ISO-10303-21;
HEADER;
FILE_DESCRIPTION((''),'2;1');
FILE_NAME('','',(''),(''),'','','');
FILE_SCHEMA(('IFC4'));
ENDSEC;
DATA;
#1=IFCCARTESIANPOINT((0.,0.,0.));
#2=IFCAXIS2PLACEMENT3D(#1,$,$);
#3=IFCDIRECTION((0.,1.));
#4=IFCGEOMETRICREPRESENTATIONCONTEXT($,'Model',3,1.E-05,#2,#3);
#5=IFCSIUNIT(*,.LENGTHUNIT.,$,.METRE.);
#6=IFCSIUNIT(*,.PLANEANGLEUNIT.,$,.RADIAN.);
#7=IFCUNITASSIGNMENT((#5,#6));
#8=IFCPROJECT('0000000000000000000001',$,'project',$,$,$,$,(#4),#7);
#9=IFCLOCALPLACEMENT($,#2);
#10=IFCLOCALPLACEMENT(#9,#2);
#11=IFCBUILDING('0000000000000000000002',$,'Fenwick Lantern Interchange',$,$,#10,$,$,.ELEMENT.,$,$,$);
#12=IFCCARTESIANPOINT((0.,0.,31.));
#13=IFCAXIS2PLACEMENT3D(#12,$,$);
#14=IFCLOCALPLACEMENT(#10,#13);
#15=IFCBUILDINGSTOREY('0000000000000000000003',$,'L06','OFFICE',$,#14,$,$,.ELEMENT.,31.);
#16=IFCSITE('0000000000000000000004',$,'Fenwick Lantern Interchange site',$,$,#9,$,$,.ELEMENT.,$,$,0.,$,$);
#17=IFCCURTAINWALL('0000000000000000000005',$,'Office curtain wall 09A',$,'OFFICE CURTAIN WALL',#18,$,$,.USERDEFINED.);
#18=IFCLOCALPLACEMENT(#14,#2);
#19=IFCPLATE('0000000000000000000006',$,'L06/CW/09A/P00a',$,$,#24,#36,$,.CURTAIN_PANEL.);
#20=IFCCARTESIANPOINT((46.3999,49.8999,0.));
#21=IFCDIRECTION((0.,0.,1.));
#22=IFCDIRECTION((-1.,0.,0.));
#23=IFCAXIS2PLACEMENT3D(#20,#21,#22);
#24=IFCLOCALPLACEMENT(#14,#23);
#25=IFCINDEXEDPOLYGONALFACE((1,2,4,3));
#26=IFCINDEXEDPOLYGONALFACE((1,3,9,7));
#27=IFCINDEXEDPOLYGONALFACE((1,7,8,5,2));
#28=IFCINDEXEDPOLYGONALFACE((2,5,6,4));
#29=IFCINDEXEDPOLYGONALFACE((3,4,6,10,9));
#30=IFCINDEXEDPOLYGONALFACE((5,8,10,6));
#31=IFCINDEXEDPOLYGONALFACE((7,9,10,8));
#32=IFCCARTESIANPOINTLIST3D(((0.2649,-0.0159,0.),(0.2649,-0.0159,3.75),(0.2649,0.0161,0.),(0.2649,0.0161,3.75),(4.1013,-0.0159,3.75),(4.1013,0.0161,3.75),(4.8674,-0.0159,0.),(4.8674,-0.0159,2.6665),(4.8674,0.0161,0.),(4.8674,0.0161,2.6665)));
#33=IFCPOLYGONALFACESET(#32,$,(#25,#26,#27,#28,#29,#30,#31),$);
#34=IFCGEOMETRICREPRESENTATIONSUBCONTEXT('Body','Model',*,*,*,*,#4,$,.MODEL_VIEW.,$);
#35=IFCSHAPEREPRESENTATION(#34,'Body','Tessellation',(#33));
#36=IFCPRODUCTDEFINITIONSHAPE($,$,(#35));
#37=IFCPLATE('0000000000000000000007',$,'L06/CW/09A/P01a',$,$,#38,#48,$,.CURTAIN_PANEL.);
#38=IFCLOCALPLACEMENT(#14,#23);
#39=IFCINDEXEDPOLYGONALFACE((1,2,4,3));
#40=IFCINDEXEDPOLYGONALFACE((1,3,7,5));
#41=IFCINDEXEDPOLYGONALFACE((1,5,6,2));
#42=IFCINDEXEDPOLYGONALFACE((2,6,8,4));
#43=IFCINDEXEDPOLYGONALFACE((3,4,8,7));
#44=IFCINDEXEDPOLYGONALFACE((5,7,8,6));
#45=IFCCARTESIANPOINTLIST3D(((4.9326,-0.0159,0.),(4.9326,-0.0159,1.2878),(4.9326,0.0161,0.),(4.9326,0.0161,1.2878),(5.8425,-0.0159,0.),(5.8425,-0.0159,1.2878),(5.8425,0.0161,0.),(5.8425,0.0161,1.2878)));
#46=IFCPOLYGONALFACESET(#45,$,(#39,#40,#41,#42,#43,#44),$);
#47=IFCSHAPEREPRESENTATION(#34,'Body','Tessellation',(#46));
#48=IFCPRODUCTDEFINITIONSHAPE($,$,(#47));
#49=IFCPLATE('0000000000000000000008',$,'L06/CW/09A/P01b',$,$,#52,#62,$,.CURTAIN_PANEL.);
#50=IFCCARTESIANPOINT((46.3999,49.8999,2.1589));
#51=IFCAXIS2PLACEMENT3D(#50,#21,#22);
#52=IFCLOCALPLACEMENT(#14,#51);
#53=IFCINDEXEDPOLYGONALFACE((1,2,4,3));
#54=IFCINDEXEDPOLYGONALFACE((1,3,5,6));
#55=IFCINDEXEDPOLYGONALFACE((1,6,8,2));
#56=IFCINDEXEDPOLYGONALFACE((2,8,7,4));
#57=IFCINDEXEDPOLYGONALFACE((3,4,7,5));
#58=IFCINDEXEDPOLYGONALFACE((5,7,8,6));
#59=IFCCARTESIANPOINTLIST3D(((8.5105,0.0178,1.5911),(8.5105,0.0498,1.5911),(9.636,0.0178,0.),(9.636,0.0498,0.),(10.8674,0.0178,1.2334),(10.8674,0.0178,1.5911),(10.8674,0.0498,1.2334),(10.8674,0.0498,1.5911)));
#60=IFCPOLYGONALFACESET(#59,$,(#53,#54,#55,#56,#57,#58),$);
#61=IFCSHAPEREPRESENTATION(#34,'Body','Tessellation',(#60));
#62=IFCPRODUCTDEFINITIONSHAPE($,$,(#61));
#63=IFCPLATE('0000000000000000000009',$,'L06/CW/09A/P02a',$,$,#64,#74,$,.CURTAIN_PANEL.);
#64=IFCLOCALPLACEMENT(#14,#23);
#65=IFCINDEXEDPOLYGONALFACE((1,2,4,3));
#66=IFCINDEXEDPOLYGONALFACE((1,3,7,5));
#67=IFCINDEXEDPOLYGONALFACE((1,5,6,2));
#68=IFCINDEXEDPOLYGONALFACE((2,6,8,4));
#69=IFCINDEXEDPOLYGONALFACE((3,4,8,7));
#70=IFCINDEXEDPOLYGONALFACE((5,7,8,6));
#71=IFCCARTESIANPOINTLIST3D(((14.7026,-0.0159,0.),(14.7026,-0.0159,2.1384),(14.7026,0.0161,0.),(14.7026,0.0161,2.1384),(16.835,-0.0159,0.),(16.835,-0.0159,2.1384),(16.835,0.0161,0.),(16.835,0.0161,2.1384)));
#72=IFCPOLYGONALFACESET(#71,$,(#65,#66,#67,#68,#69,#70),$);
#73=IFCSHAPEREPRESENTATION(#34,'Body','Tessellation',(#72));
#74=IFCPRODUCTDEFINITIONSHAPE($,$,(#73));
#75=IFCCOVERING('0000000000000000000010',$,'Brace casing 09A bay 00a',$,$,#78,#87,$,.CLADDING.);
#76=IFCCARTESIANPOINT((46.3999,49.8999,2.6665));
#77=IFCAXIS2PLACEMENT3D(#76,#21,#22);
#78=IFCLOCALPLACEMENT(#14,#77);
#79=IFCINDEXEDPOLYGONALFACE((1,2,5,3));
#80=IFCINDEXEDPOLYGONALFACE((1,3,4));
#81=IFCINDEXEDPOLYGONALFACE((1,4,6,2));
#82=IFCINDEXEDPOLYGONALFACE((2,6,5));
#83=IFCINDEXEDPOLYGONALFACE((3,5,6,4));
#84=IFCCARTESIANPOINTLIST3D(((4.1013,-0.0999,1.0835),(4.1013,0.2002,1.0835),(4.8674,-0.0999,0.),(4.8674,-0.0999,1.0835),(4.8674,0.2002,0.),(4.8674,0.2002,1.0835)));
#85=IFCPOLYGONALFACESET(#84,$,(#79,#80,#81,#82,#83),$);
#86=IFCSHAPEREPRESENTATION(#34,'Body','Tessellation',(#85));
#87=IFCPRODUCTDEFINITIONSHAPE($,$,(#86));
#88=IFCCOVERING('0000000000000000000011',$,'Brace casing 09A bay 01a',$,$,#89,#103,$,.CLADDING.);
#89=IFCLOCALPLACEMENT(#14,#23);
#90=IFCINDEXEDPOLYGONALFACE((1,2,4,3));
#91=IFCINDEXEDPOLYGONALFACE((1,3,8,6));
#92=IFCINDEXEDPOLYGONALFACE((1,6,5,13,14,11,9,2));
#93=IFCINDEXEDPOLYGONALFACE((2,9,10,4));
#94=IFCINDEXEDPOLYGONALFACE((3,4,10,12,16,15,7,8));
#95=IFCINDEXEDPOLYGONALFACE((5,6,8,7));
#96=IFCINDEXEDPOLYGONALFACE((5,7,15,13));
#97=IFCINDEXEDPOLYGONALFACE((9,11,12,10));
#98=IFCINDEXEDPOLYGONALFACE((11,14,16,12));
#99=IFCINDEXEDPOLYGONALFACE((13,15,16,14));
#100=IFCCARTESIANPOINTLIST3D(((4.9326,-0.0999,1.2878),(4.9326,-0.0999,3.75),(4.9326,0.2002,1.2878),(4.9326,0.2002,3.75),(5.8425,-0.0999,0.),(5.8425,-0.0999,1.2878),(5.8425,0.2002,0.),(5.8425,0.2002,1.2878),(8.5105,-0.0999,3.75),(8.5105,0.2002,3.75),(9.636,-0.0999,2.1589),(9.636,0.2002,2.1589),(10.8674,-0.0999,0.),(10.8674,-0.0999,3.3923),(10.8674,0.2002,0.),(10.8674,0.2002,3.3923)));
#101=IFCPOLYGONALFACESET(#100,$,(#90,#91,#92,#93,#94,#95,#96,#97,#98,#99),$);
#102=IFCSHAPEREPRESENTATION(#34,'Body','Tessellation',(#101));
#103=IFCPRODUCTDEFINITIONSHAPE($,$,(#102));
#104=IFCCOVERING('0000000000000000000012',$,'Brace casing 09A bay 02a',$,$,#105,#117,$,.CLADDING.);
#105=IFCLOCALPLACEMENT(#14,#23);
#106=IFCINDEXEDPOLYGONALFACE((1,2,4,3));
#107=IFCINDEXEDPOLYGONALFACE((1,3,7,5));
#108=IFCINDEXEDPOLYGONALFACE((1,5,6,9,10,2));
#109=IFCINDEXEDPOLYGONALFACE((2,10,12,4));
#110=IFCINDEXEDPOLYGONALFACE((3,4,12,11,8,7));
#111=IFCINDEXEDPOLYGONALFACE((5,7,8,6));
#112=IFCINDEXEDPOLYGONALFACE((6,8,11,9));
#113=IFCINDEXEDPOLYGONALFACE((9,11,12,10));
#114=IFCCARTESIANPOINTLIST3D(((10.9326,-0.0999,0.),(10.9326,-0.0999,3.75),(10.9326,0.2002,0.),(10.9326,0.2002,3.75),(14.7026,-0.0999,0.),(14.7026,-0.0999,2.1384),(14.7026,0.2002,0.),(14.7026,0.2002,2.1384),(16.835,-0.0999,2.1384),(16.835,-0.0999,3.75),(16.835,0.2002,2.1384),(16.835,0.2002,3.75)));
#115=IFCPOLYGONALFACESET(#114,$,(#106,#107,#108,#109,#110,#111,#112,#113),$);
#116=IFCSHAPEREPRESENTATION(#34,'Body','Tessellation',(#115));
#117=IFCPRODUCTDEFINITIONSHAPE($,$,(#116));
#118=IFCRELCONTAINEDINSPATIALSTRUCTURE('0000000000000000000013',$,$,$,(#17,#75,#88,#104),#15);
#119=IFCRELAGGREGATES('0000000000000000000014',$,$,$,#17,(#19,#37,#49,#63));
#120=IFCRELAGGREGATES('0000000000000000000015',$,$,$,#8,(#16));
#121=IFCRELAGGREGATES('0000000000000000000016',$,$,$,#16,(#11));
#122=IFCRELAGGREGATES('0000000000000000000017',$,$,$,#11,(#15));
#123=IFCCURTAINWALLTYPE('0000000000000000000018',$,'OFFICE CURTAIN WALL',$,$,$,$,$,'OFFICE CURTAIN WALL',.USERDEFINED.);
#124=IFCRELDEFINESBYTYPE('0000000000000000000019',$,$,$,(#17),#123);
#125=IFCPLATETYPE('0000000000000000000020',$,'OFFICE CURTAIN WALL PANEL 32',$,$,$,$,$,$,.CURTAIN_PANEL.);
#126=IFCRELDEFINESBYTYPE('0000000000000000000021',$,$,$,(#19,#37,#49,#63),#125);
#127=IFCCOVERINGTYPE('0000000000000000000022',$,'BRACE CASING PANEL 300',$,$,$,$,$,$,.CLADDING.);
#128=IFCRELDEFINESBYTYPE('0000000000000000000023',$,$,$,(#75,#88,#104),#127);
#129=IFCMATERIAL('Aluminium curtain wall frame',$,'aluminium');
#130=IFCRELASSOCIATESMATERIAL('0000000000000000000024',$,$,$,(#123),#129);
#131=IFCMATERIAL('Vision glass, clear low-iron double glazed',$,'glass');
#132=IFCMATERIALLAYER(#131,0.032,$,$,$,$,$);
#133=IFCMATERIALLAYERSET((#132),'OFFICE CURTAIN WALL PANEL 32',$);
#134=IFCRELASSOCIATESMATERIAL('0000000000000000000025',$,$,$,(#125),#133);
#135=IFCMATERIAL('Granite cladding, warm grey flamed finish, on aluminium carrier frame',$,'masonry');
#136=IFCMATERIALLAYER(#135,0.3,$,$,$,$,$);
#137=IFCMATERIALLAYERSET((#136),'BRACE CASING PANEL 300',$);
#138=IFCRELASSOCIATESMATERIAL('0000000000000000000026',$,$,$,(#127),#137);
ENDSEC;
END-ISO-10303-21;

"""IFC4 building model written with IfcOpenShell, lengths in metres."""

from ifc_helpers import new_model, si_unit, direction, frame, origin, place, context, subcontext, project, spatial, polyline, outline, extrude, material, layer, layer_set, type_object, element, aggregate, save


model = new_model("IFC4")

# Units and contexts
model_context = context("Model", 3, precision=1e-05, world=origin(), true_north=direction((0.0, 1.0)))
body_context = subcontext(model_context, "Body", "Model", "MODEL_VIEW")
ifc_project = project(units=[si_unit("LENGTHUNIT", "METRE"), si_unit("PLANEANGLEUNIT", "RADIAN")], contexts=[model_context])

# Site, building, storey
site_placement = place(None, origin())
site = spatial("IfcSite", under=ifc_project, at=site_placement, Name="Fenwick Lantern Interchange site", CompositionType="ELEMENT", RefElevation=0.0)
building_placement = place(site_placement, origin())
building = spatial("IfcBuilding", under=site, at=building_placement, Name="Fenwick Lantern Interchange", CompositionType="ELEMENT")
storey_placement = place(building_placement, frame((0.0, 0.0, 31.0)))
storey = spatial("IfcBuildingStorey", under=building, at=storey_placement, Name="L06", Description="OFFICE", CompositionType="ELEMENT", Elevation=31.0)

# Shared definitions
ifc_material_1 = material(Name="Aluminium curtain wall frame", Category="aluminium")
curtain_wall_type = type_object("IfcCurtainWallType", Name="OFFICE CURTAIN WALL", ElementType="OFFICE CURTAIN WALL", PredefinedType="USERDEFINED", material=ifc_material_1)

# Curtain wall
curtain_wall_1_placement = place(storey_placement, origin())
curtain_wall_1 = element("IfcCurtainWall", 1, at=curtain_wall_1_placement, inside=storey, type_object=curtain_wall_type, Name="Office curtain wall 09A", ObjectType="OFFICE CURTAIN WALL", PredefinedType="USERDEFINED")

# Plates
ifc_material_2 = material(Name="Vision glass, clear low-iron double glazed", Category="glass")
ifc_layer_1 = layer(ifc_material_2, 0.032)
ifc_layer_set_1 = layer_set([ifc_layer_1], Name="OFFICE CURTAIN WALL PANEL 32")
plate_type = type_object("IfcPlateType", Name="OFFICE CURTAIN WALL PANEL 32", PredefinedType="CURTAIN_PANEL", material=ifc_layer_set_1)
plate_1_placement = place(storey_placement, frame((46.3999, 49.8999, 0.0), z_axis=(0.0, 0.0, 1.0), x_axis=(-1.0, 0.0, 0.0)))
plate_1 = element("IfcPlate", 2, at=plate_1_placement, type_object=plate_type, Name="L06/CW/09A/P00a", PredefinedType="CURTAIN_PANEL", context=body_context, shape_type="SweptSolid", body=[
    extrude(outline(polyline([(0.2649, 0.0), (4.8674, 0.0), (4.8674, 2.6665), (4.1013, 3.75), (0.2649, 3.75), (0.2649, 0.0)])), frame((0.0, 0.0161, 0.0), z_axis=(0.0, -1.0, 0.0), x_axis=(1.0, 0.0, 0.0)), (0.0, 0.0, 1.0), 0.032),
])
plate_2_placement = place(storey_placement, frame((46.3999, 49.8999, 0.0), z_axis=(0.0, 0.0, 1.0), x_axis=(-1.0, 0.0, 0.0)))
plate_2 = element("IfcPlate", 3, at=plate_2_placement, type_object=plate_type, Name="L06/CW/09A/P01a", PredefinedType="CURTAIN_PANEL", context=body_context, shape_type="SweptSolid", body=[
    extrude(outline(polyline([(4.9326, 0.0), (5.8425, 0.0), (5.8425, 1.2878), (4.9326, 1.2878), (4.9326, 0.0)])), frame((0.0, 0.0161, 0.0), z_axis=(0.0, -1.0, 0.0), x_axis=(1.0, 0.0, 0.0)), (0.0, 0.0, 1.0), 0.032),
])
plate_3_placement = place(storey_placement, frame((46.3999, 49.8999, 2.1589), z_axis=(0.0, 0.0, 1.0), x_axis=(-1.0, 0.0, 0.0)))
plate_3 = element("IfcPlate", 4, at=plate_3_placement, type_object=plate_type, Name="L06/CW/09A/P01b", PredefinedType="CURTAIN_PANEL", context=body_context, shape_type="SweptSolid", body=[
    extrude(outline(polyline([(9.636, 0.0), (10.8674, 1.2334), (10.8674, 1.5911), (8.5105, 1.5911), (9.636, 0.0)])), frame((0.0, 0.0498, 0.0), z_axis=(0.0, -1.0, 0.0), x_axis=(1.0, 0.0, 0.0)), (0.0, 0.0, 1.0), 0.032),
])
plate_4_placement = place(storey_placement, frame((46.3999, 49.8999, 0.0), z_axis=(0.0, 0.0, 1.0), x_axis=(-1.0, 0.0, 0.0)))
plate_4 = element("IfcPlate", 5, at=plate_4_placement, type_object=plate_type, Name="L06/CW/09A/P02a", PredefinedType="CURTAIN_PANEL", context=body_context, shape_type="SweptSolid", body=[
    extrude(outline(polyline([(14.7026, 0.0), (16.835, 0.0), (16.835, 2.1384), (14.7026, 2.1384), (14.7026, 0.0)])), frame((0.0, 0.0161, 0.0), z_axis=(0.0, -1.0, 0.0), x_axis=(1.0, 0.0, 0.0)), (0.0, 0.0, 1.0), 0.032),
])
aggregate(curtain_wall_1, [plate_1, plate_2, plate_3, plate_4])

# Coverings
ifc_material_3 = material(Name="Granite cladding, warm grey flamed finish, on aluminium carrier frame", Category="masonry")
ifc_layer_2 = layer(ifc_material_3, 0.3)
ifc_layer_set_2 = layer_set([ifc_layer_2], Name="BRACE CASING PANEL 300")
covering_type = type_object("IfcCoveringType", Name="BRACE CASING PANEL 300", PredefinedType="CLADDING", material=ifc_layer_set_2)
covering_1_placement = place(storey_placement, frame((46.3999, 49.8999, 2.6665), z_axis=(0.0, 0.0, 1.0), x_axis=(-1.0, 0.0, 0.0)))
element("IfcCovering", 6, at=covering_1_placement, inside=storey, type_object=covering_type, Name="Brace casing 09A bay 00a", PredefinedType="CLADDING", context=body_context, shape_type="SweptSolid", body=[
    extrude(outline(polyline([(4.8674, 0.0), (4.8674, 1.0835), (4.1013, 1.0835), (4.8674, 0.0)])), frame((0.0, 0.2002, 0.0), z_axis=(0.0, -1.0, 0.0), x_axis=(1.0, 0.0, 0.0)), (0.0, 0.0, 1.0), 0.3),
])
covering_2_placement = place(storey_placement, frame((46.3999, 49.8999, 0.0), z_axis=(0.0, 0.0, 1.0), x_axis=(-1.0, 0.0, 0.0)))
element("IfcCovering", 7, at=covering_2_placement, inside=storey, type_object=covering_type, Name="Brace casing 09A bay 01a", PredefinedType="CLADDING", context=body_context, shape_type="SweptSolid", body=[
    extrude(outline(polyline([(5.8425, 0.0), (10.8674, 0.0), (10.8674, 3.3923), (9.636, 2.1589), (8.5105, 3.75), (4.9326, 3.75), (4.9326, 1.2878), (5.8425, 1.2878), (5.8425, 0.0)])), frame((0.0, 0.2002, 0.0), z_axis=(0.0, -1.0, 0.0), x_axis=(1.0, 0.0, 0.0)), (0.0, 0.0, 1.0), 0.3),
])
covering_3_placement = place(storey_placement, frame((46.3999, 49.8999, 0.0), z_axis=(0.0, 0.0, 1.0), x_axis=(-1.0, 0.0, 0.0)))
element("IfcCovering", 8, at=covering_3_placement, inside=storey, type_object=covering_type, Name="Brace casing 09A bay 02a", PredefinedType="CLADDING", context=body_context, shape_type="SweptSolid", body=[
    extrude(outline(polyline([(10.9326, 0.0), (14.7026, 0.0), (14.7026, 2.1384), (16.835, 2.1384), (16.835, 3.75), (10.9326, 3.75), (10.9326, 0.0)])), frame((0.0, 0.2002, 0.0), z_axis=(0.0, -1.0, 0.0), x_axis=(1.0, 0.0, 0.0)), (0.0, 0.0, 1.0), 0.3),
])

save(model, "model.ifc")
